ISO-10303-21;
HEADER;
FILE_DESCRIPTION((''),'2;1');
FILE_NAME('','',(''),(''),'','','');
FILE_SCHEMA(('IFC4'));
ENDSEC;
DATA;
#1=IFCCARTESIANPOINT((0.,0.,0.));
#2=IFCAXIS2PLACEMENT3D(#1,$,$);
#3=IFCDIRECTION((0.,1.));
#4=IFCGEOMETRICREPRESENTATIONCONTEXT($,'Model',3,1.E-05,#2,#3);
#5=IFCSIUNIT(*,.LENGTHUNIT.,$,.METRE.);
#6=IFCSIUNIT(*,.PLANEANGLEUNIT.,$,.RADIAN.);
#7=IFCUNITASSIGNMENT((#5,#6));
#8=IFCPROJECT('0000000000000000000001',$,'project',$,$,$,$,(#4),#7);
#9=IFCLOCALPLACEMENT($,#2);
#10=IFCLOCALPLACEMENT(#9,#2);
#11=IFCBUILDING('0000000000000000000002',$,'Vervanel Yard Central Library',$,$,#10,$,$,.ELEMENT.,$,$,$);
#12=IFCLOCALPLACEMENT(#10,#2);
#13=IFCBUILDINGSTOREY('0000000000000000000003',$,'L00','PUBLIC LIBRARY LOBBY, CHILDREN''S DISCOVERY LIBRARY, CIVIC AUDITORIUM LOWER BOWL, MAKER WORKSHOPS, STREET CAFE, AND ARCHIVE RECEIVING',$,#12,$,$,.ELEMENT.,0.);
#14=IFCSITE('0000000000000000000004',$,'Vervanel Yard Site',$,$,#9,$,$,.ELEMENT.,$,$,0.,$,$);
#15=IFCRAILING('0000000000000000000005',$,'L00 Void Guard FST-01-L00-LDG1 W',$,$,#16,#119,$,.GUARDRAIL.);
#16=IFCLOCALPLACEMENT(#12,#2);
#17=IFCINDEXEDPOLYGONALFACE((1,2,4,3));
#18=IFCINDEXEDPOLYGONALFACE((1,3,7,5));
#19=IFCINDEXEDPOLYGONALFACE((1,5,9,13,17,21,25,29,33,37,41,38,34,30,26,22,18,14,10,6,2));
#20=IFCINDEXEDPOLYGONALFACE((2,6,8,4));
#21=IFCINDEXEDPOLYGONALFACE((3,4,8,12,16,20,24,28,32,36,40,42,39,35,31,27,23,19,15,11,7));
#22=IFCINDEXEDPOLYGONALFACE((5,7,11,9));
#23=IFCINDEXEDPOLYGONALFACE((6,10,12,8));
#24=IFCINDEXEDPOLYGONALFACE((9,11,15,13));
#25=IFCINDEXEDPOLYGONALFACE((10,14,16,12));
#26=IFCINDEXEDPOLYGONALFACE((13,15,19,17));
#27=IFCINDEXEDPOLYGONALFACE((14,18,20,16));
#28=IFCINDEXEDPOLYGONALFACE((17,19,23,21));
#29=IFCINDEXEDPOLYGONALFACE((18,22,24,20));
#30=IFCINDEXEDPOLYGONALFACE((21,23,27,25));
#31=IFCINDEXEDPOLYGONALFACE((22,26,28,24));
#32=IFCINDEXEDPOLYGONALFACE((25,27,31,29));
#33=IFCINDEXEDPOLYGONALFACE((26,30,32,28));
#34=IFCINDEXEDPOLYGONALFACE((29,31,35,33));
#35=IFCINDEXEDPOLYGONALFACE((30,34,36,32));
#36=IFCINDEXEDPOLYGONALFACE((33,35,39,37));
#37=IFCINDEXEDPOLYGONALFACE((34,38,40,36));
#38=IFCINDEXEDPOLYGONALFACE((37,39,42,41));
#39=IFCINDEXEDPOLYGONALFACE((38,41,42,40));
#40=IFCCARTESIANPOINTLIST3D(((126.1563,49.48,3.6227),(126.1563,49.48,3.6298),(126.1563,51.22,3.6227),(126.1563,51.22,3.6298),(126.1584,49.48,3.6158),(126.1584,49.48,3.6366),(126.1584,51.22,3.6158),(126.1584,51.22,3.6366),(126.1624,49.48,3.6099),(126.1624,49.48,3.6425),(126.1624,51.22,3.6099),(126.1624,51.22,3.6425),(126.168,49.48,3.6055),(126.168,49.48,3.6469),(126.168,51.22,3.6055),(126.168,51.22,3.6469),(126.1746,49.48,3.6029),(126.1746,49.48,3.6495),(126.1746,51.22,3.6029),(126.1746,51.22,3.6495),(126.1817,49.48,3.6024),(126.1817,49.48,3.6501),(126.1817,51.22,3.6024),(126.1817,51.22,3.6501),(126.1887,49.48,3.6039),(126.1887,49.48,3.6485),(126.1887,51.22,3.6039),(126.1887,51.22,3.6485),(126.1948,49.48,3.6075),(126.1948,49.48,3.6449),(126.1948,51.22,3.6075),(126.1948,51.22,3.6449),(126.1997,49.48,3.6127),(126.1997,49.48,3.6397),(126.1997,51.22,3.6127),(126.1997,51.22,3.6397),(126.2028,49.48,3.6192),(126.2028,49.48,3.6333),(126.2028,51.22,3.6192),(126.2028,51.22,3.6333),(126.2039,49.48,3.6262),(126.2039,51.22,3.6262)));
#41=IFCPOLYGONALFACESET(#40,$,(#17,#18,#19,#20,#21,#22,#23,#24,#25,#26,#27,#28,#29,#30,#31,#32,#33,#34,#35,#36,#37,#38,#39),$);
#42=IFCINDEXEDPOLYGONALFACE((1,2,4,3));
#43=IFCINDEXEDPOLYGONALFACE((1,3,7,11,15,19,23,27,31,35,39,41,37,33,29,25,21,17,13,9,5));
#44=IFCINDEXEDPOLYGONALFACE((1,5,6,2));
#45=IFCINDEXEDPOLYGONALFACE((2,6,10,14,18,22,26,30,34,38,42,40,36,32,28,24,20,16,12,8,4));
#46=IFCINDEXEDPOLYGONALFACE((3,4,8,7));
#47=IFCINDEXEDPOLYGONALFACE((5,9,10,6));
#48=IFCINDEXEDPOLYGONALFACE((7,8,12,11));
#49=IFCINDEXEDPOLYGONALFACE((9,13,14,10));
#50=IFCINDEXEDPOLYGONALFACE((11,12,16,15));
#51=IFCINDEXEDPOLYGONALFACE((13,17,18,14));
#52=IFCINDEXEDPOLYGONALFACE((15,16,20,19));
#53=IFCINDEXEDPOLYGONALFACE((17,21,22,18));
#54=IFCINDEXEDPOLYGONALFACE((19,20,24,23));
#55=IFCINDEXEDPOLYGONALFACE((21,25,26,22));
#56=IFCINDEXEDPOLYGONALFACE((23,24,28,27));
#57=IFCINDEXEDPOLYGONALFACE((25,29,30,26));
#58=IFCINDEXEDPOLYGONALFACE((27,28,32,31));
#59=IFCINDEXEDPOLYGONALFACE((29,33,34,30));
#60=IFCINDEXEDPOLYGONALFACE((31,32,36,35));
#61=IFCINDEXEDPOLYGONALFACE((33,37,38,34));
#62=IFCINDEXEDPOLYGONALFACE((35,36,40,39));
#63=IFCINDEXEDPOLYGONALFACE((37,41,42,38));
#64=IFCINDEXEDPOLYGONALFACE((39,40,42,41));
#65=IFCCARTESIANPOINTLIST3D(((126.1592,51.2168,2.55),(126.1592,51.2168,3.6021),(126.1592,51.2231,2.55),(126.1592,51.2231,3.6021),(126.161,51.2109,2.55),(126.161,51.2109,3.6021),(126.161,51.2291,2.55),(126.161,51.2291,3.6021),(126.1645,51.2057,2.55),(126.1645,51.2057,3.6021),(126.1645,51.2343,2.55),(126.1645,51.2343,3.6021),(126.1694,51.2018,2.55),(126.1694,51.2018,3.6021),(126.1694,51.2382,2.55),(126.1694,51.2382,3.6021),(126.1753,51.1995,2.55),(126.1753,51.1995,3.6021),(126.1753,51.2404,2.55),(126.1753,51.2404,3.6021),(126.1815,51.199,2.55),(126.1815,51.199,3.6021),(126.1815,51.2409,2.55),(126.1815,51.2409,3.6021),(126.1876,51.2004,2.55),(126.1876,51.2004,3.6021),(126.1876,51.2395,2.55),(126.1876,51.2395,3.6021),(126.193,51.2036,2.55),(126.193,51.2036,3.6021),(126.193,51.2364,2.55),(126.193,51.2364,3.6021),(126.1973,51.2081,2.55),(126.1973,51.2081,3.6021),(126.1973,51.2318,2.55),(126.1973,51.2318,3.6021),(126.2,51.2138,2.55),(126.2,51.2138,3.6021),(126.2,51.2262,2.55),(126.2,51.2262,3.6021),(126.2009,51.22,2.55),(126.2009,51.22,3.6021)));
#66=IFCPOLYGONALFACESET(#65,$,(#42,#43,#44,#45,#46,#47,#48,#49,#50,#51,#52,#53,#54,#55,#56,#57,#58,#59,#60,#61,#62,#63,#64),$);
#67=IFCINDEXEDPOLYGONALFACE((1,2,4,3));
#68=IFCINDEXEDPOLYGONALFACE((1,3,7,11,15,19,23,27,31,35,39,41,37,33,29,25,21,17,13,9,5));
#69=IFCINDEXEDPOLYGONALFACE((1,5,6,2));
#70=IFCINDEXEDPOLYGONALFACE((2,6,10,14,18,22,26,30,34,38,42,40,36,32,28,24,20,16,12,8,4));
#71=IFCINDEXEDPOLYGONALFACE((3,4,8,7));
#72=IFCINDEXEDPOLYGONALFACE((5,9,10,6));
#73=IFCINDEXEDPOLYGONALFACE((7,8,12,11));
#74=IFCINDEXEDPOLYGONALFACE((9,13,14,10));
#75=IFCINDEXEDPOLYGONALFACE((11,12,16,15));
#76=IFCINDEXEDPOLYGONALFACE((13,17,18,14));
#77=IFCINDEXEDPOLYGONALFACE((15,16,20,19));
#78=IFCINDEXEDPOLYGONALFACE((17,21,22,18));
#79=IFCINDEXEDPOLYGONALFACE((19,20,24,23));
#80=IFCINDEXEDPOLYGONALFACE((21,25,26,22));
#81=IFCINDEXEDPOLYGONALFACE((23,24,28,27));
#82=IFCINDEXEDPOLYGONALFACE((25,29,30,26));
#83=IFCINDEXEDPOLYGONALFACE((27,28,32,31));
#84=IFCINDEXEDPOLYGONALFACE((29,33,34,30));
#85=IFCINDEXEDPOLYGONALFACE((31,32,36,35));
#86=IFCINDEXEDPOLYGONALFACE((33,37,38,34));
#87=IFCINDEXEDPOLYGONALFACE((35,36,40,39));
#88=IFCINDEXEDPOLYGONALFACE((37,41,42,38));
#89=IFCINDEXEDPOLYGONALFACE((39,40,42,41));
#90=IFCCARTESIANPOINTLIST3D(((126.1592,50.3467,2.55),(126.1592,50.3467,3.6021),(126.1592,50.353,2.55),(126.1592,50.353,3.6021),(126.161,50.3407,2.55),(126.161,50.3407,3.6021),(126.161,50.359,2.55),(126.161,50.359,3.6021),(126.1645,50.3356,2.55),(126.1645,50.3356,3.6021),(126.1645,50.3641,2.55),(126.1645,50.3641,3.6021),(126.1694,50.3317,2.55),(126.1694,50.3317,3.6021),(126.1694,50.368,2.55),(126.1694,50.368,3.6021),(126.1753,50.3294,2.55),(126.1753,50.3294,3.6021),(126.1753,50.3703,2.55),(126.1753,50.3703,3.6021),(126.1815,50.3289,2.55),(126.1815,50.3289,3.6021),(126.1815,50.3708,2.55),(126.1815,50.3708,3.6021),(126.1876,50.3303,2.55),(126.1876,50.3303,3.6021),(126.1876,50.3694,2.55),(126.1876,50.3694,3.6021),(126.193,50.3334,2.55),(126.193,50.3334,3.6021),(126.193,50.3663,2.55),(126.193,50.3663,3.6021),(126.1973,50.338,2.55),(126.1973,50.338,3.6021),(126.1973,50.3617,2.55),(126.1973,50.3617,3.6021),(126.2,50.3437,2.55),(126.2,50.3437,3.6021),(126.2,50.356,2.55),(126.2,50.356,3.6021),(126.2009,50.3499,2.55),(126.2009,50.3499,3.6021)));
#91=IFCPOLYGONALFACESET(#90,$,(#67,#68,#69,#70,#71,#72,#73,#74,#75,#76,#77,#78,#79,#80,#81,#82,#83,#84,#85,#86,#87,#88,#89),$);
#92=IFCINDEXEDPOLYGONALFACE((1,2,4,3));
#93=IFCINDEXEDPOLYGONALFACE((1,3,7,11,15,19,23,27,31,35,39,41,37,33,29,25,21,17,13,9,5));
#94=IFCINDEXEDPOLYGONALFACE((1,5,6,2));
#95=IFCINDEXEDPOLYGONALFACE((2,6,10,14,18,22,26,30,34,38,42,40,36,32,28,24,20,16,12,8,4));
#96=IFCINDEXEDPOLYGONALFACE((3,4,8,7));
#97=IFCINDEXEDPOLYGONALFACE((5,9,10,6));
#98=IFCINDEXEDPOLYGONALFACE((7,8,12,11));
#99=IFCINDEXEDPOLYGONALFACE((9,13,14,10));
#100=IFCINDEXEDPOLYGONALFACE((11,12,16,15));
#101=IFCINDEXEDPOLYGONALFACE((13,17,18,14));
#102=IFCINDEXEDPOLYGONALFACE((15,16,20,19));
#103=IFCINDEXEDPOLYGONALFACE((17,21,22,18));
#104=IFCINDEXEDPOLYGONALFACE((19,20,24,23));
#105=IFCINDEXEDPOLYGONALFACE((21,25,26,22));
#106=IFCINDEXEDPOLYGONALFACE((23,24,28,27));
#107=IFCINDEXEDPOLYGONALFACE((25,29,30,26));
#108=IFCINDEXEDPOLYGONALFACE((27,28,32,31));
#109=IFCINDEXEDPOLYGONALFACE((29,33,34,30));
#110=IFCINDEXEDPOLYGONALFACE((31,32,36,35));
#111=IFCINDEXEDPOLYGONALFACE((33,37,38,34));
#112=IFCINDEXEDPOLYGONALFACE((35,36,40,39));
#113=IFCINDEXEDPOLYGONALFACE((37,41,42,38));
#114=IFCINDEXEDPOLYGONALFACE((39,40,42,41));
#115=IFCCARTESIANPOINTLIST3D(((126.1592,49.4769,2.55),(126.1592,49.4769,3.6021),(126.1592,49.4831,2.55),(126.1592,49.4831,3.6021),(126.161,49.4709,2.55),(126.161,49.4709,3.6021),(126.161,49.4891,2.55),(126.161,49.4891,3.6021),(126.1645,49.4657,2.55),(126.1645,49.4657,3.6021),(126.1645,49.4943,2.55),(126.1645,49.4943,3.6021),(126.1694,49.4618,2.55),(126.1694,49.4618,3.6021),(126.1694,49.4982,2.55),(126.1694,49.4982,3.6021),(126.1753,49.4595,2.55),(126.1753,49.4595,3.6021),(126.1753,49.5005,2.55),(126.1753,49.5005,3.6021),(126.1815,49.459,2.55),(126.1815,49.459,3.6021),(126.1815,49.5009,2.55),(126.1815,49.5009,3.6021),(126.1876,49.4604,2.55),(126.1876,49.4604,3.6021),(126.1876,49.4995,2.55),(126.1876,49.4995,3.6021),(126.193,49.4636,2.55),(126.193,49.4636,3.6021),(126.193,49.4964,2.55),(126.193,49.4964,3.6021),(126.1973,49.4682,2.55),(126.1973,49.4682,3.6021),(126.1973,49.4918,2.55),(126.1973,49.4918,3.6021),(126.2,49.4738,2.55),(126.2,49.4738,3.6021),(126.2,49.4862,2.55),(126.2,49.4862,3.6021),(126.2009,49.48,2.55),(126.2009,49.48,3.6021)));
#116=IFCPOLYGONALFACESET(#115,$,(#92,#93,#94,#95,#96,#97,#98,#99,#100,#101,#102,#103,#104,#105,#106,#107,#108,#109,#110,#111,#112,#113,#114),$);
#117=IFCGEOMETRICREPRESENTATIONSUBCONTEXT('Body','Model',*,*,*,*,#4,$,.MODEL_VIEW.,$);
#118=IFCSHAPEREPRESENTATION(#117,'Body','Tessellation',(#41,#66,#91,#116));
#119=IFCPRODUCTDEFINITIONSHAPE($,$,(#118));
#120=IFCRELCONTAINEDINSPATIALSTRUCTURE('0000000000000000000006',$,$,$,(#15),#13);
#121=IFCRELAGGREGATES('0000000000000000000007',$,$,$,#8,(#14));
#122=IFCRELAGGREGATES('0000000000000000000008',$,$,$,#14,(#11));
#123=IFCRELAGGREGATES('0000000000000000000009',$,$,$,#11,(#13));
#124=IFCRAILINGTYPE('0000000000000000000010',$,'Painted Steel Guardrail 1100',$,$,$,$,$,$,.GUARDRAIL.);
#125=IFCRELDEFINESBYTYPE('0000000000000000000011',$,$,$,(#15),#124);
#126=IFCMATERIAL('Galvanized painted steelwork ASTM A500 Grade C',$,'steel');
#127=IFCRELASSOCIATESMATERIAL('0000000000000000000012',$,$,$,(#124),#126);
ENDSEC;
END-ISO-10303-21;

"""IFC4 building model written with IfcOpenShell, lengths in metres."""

from ifc_helpers import new_model, si_unit, direction, frame, origin, origin_2d, place, context, subcontext, project, spatial, circle, extrude, material, type_object, element, save


model = new_model("IFC4")

# Units and contexts
model_context = context("Model", 3, precision=1e-05, world=origin(), true_north=direction((0.0, 1.0)))
body_context = subcontext(model_context, "Body", "Model", "MODEL_VIEW")
ifc_project = project(units=[si_unit("LENGTHUNIT", "METRE"), si_unit("PLANEANGLEUNIT", "RADIAN")], contexts=[model_context])

# Site, building, storey
site_placement = place(None, origin())
site = spatial("IfcSite", under=ifc_project, at=site_placement, Name="Vervanel Yard Site", CompositionType="ELEMENT", RefElevation=0.0)
building_placement = place(site_placement, origin())
building = spatial("IfcBuilding", under=site, at=building_placement, Name="Vervanel Yard Central Library", CompositionType="ELEMENT")
storey_placement = place(building_placement, origin())
storey = spatial("IfcBuildingStorey", under=building, at=storey_placement, Name="L00", Description="PUBLIC LIBRARY LOBBY, CHILDREN'S DISCOVERY LIBRARY, CIVIC AUDITORIUM LOWER BOWL, MAKER WORKSHOPS, STREET CAFE, AND ARCHIVE RECEIVING", CompositionType="ELEMENT", Elevation=0.0)

# Railing
ifc_material_1 = material(Name="Galvanized painted steelwork ASTM A500 Grade C", Category="steel")
railing_type = type_object("IfcRailingType", Name="Painted Steel Guardrail 1100", PredefinedType="GUARDRAIL", material=ifc_material_1)
railing_placement = place(storey_placement, frame((126.1799, 51.22, 2.55)))
element("IfcRailing", 1, at=railing_placement, inside=storey, type_object=railing_type, Name="L00 Void Guard FST-01-L00-LDG1 W", PredefinedType="GUARDRAIL", context=body_context, shape_type="SweptSolid", body=[
    extrude(circle(Radius=0.0239, at=origin_2d()), frame((0.0, 0.0, 1.0762), z_axis=(0.0, -1.0, 0.0), x_axis=(1.0, 0.0, 0.0)), (0.0, 0.0, 1.0), 1.74),
    extrude(circle(Radius=0.021, at=origin_2d()), origin(), (0.0, 0.0, 1.0), 1.052),
    extrude(circle(Radius=0.021, at=origin_2d()), frame((0.0, -0.8701, 0.0)), (0.0, 0.0, 1.0), 1.052),
    extrude(circle(Radius=0.021, at=origin_2d()), frame((0.0, -1.74, 0.0)), (0.0, 0.0, 1.0), 1.052),
])

save(model, "model.ifc")
